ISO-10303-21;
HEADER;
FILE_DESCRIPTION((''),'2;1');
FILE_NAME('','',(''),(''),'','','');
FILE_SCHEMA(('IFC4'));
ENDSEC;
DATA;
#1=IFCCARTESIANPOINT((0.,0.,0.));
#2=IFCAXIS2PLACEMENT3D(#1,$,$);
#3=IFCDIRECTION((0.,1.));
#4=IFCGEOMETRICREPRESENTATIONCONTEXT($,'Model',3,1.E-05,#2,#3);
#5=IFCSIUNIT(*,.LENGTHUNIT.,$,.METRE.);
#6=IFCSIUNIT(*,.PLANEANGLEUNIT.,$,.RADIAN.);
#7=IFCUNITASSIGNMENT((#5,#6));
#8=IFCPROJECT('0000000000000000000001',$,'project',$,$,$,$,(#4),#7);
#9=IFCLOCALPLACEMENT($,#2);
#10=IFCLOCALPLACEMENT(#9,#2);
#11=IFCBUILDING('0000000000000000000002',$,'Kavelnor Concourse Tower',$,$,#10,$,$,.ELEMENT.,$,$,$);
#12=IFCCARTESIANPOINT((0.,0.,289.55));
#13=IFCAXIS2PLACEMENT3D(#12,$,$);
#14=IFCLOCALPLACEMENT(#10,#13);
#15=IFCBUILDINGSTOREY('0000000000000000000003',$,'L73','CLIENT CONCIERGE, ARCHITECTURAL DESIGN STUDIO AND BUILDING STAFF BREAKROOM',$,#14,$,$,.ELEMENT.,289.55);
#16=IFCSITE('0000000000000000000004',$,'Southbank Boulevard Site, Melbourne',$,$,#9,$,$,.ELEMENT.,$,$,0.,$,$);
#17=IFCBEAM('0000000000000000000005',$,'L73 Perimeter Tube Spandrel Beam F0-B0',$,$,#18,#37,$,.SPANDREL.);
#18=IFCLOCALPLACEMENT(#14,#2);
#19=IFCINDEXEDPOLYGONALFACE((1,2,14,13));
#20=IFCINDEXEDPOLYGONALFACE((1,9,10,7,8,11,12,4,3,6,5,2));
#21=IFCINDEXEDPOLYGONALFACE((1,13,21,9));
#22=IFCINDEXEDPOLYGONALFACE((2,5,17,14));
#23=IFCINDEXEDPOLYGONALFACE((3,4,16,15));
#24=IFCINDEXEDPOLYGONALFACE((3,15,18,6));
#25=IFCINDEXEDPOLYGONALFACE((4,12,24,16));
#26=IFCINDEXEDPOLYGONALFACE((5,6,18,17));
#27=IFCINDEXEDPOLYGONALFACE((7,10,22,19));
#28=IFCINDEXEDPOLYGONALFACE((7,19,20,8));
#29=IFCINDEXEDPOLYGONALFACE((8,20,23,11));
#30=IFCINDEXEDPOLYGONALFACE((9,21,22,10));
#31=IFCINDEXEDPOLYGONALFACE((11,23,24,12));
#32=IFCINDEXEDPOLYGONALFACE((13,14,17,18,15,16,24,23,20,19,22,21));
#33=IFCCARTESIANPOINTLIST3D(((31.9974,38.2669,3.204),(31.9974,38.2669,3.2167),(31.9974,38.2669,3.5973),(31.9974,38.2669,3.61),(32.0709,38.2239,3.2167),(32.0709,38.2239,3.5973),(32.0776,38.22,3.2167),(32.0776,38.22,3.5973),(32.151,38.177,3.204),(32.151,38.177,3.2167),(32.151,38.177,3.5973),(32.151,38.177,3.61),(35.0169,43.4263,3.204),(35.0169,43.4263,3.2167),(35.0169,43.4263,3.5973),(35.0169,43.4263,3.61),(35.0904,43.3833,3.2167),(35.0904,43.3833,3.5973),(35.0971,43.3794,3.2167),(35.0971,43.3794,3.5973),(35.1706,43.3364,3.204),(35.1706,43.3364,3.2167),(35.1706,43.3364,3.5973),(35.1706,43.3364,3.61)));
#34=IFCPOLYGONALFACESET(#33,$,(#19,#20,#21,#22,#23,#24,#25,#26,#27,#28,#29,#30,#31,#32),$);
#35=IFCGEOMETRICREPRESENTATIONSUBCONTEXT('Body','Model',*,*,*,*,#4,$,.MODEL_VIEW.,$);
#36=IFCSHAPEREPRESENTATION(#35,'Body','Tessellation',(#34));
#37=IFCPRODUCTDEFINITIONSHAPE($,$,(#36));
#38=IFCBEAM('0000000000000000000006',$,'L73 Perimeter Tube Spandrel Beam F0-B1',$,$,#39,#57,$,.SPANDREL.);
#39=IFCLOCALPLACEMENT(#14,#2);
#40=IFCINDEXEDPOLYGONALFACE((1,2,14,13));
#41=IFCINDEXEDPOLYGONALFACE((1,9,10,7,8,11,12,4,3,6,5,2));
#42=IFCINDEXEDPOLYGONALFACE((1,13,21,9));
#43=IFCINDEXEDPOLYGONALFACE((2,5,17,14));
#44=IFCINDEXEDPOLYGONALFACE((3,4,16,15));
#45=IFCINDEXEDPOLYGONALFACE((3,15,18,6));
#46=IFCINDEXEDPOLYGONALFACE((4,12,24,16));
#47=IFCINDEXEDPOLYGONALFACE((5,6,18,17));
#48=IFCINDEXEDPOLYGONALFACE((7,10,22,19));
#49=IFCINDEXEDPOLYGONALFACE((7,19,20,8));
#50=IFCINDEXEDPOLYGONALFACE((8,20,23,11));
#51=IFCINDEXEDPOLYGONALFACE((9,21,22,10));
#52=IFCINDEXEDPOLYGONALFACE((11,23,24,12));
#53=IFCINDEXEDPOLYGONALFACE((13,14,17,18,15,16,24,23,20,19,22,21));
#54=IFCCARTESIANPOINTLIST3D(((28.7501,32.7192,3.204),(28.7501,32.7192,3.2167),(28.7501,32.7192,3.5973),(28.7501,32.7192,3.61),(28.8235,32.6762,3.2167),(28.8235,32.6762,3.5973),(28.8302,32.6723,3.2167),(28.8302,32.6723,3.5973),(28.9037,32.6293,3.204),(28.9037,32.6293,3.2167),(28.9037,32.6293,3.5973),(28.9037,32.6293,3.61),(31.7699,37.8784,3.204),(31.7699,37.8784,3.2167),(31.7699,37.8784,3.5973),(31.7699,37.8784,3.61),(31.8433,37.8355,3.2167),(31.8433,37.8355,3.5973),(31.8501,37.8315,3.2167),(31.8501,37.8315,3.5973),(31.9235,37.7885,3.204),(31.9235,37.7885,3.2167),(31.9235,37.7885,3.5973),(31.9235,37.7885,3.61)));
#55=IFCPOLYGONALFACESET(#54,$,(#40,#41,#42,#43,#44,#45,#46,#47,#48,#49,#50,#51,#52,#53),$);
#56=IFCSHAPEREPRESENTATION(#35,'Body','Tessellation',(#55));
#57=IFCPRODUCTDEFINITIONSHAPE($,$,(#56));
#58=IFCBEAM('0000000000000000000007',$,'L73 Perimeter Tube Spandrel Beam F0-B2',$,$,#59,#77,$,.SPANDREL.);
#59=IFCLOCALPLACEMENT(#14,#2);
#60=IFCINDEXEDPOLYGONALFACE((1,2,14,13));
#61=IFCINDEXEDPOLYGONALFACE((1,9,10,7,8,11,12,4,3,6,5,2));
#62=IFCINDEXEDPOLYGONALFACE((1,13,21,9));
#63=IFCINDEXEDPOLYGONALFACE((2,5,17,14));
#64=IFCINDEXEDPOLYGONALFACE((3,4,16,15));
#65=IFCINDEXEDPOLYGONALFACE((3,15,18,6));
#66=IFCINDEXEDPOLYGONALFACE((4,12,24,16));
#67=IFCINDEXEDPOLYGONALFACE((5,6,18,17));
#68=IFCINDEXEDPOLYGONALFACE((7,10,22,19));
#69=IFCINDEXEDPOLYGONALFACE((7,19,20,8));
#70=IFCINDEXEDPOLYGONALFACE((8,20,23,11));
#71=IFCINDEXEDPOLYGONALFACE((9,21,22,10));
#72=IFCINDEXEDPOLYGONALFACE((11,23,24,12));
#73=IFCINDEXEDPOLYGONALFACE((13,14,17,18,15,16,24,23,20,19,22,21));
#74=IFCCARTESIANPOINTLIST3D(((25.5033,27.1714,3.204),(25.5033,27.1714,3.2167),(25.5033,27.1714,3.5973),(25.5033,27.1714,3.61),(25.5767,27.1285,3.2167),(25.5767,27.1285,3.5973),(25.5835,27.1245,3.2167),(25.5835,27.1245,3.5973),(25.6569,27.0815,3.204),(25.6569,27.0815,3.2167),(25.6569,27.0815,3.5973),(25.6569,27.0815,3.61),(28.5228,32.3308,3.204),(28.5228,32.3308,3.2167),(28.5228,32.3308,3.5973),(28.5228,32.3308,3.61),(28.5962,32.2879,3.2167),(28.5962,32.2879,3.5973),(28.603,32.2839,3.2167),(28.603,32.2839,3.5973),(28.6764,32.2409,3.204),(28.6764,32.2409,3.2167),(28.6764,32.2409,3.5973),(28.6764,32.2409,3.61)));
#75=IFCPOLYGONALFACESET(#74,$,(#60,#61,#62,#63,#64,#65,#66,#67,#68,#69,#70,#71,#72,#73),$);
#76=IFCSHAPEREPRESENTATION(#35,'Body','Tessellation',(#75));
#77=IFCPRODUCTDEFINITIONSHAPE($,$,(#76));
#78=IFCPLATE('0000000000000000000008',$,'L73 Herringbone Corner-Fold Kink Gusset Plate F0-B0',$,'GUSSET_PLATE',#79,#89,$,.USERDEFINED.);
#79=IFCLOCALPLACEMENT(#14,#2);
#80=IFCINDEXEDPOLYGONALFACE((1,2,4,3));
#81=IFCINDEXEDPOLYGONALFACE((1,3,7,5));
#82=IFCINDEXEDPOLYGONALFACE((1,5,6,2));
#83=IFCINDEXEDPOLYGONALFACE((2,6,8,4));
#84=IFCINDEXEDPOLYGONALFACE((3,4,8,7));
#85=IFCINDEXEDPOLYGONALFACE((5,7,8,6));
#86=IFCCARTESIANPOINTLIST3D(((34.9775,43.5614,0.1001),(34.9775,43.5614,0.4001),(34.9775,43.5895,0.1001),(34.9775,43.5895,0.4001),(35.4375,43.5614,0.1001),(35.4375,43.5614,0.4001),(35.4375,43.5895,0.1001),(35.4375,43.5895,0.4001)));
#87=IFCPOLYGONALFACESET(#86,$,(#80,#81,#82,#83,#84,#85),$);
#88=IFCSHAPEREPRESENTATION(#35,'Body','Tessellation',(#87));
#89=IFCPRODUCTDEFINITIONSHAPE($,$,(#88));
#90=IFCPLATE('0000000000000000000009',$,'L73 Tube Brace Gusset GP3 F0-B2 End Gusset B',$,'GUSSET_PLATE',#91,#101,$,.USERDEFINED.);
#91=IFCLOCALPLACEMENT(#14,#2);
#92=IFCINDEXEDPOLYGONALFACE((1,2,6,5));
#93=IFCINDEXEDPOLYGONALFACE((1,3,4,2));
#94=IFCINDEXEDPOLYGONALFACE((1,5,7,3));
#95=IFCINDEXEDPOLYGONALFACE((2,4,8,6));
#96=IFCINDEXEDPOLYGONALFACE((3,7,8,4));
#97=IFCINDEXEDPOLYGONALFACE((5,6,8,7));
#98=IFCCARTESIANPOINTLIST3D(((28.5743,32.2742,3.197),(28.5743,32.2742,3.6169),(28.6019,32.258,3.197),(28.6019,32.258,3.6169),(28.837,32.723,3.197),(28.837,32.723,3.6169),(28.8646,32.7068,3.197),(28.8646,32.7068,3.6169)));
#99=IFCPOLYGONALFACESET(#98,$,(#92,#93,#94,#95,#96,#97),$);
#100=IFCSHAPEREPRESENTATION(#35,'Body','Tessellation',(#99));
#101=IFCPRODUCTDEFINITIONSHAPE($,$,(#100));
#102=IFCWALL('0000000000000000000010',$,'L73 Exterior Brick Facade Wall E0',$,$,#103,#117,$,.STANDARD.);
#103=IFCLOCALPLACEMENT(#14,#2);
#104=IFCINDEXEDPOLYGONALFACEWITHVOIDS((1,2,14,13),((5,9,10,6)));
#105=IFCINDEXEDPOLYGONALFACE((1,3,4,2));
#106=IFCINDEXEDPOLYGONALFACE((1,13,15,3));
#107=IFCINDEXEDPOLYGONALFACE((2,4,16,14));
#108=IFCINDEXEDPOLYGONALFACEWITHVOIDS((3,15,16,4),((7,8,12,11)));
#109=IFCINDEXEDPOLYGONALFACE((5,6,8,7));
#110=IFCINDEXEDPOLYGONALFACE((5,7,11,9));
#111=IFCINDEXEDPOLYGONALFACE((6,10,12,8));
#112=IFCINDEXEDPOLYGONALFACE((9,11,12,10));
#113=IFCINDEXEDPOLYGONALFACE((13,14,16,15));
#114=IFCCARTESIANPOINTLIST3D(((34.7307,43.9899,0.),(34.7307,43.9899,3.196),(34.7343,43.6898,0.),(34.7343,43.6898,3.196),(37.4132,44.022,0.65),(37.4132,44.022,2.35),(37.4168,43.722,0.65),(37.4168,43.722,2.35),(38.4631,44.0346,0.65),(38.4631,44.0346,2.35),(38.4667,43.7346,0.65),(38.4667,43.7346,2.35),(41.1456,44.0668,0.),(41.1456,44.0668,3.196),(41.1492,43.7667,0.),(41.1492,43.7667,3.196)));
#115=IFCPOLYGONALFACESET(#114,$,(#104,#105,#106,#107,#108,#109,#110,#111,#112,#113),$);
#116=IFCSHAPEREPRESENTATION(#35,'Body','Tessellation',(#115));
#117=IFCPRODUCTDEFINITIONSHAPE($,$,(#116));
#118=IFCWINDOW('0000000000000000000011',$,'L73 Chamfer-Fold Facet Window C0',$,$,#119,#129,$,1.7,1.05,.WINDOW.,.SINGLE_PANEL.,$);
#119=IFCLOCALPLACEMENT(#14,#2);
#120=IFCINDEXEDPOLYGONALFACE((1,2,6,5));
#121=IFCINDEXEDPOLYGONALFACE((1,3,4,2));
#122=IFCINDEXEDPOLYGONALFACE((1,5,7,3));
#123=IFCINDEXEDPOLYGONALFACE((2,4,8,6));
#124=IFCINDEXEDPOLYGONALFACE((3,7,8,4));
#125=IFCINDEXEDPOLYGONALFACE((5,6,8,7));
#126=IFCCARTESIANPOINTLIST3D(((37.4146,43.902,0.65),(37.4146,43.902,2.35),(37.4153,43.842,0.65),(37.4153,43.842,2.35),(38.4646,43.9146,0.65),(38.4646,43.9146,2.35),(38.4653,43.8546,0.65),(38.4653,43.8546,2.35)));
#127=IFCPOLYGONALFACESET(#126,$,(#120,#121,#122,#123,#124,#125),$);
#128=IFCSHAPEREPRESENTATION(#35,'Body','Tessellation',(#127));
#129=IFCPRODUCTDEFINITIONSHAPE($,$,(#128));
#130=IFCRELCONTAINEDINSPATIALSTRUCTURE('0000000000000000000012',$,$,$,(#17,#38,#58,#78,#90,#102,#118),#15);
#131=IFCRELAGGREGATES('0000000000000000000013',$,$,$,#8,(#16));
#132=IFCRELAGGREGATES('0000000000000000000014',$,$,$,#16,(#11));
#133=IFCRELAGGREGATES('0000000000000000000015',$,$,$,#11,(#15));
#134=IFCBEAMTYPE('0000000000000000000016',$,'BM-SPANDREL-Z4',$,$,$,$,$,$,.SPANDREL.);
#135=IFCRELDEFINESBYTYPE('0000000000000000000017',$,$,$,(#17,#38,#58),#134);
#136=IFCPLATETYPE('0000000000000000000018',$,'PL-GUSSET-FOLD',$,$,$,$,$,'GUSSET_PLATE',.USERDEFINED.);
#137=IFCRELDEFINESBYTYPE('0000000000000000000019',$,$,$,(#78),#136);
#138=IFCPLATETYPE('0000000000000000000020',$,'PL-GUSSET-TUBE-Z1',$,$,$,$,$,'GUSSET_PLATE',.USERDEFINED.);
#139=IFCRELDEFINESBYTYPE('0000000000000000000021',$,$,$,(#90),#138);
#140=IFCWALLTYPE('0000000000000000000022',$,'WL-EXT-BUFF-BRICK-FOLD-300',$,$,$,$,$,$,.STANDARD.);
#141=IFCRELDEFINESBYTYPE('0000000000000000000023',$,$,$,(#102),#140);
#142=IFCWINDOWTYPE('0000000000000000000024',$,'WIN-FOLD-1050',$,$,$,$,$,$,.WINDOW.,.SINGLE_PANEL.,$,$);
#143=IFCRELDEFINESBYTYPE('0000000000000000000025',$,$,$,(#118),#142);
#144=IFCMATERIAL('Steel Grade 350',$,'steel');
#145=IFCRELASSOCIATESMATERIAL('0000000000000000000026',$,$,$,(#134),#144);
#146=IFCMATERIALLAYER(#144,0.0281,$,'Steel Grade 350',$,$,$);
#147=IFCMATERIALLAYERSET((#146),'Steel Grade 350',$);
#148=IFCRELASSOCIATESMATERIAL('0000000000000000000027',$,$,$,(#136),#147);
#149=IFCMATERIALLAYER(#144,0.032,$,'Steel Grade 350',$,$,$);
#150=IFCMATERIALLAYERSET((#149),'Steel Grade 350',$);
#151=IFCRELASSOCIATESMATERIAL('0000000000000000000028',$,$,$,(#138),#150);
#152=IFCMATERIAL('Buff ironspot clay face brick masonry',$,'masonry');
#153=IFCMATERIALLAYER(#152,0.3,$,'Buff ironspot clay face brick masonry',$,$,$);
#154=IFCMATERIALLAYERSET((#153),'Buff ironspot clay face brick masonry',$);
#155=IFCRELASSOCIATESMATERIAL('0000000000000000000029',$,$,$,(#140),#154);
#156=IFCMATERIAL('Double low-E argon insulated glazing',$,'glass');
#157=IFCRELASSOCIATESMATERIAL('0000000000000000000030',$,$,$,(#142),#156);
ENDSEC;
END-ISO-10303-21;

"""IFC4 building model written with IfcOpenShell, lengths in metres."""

from ifc_helpers import new_model, si_unit, direction, frame, frame_2d, origin, origin_2d, place, context, subcontext, project, spatial, rectangle, i_section, extrude, material, layer, layer_set, material_profile, profile_set, type_object, element, fill, save


model = new_model("IFC4")

# Units and contexts
model_context = context("Model", 3, precision=1e-05, world=origin(), true_north=direction((0.0, 1.0)))
body_context = subcontext(model_context, "Body", "Model", "MODEL_VIEW")
ifc_project = project(units=[si_unit("LENGTHUNIT", "METRE"), si_unit("PLANEANGLEUNIT", "RADIAN")], contexts=[model_context])

# Site, building, storey
site_placement = place(None, origin())
site = spatial("IfcSite", under=ifc_project, at=site_placement, Name="Southbank Boulevard Site, Melbourne", CompositionType="ELEMENT", RefElevation=0.0)
building_placement = place(site_placement, origin())
building = spatial("IfcBuilding", under=site, at=building_placement, Name="Kavelnor Concourse Tower", CompositionType="ELEMENT")
storey_placement = place(building_placement, frame((0.0, 0.0, 289.55)))
storey = spatial("IfcBuildingStorey", under=building, at=storey_placement, Name="L73", Description="CLIENT CONCIERGE, ARCHITECTURAL DESIGN STUDIO AND BUILDING STAFF BREAKROOM", CompositionType="ELEMENT", Elevation=289.55)

# Shared definitions
ifc_material_1 = material(Name="Steel Grade 350", Category="steel")

# Beams
ifc_material_profile_1 = material_profile(ifc_material_1, i_section(OverallWidth=0.178, OverallDepth=0.406, WebThickness=0.0078, FlangeThickness=0.0127, at=origin_2d()), Name="410UB59")
ifc_profile_set_1 = profile_set([ifc_material_profile_1], Name="Steel Grade 350")
beam_type_1 = type_object("IfcBeamType", Name="BM-SPANDREL-Z4", PredefinedType="SPANDREL", material=ifc_profile_set_1)
for number, where, z_axis, x_axis, name in (
    (1, (35.0938, 43.3813, 3.407), (-0.505102, -0.86306, 0.0), (0.86306, -0.505102, 0.0), "L73 Perimeter Tube Spandrel Beam F0-B0"),
    (2, (31.8467, 37.8335, 3.407), (-0.50515, -0.863031, 0.0), (0.863031, -0.50515, 0.0), "L73 Perimeter Tube Spandrel Beam F0-B1"),
    (3, (28.5996, 32.2859, 3.407), (-0.505102, -0.86306, 0.0), (0.86306, -0.505102, 0.0), "L73 Perimeter Tube Spandrel Beam F0-B2"),
):
    element("IfcBeam", number, at=place(storey_placement, frame(where, z_axis=z_axis, x_axis=x_axis)), inside=storey, type_object=beam_type_1, Name=name, PredefinedType="SPANDREL", context=body_context, shape_type="SweptSolid", body=[
        extrude(i_section(OverallWidth=0.178, OverallDepth=0.406, WebThickness=0.0078, FlangeThickness=0.0127, at=origin_2d()), origin(), (0.0, 0.0, 1.0), 5.978),
    ])

# Plates
ifc_layer_1 = layer(ifc_material_1, 0.0281, Name="Steel Grade 350")
ifc_layer_set_1 = layer_set([ifc_layer_1], Name="Steel Grade 350")
plate_type_1 = type_object("IfcPlateType", Name="PL-GUSSET-FOLD", ElementType="GUSSET_PLATE", PredefinedType="USERDEFINED", material=ifc_layer_set_1)
plate_1_placement = place(storey_placement, frame((35.2075, 43.5754, 0.1001), z_axis=(0.0, 0.0, 1.0), x_axis=(1.0, 0.0, 0.0)))
element("IfcPlate", 4, at=plate_1_placement, inside=storey, type_object=plate_type_1, Name="L73 Herringbone Corner-Fold Kink Gusset Plate F0-B0", ObjectType="GUSSET_PLATE", PredefinedType="USERDEFINED", context=body_context, shape_type="SweptSolid", body=[
    extrude(rectangle(XDim=0.46, YDim=0.0281, at=origin_2d()), origin(), (0.0, 0.0, 1.0), 0.3),
])
ifc_layer_2 = layer(ifc_material_1, 0.032, Name="Steel Grade 350")
ifc_layer_set_2 = layer_set([ifc_layer_2], Name="Steel Grade 350")
plate_type_2 = type_object("IfcPlateType", Name="PL-GUSSET-TUBE-Z1", ElementType="GUSSET_PLATE", PredefinedType="USERDEFINED", material=ifc_layer_set_2)
plate_2_placement = place(storey_placement, frame((28.7195, 32.4905, 3.197), z_axis=(0.0, 0.0, 1.0), x_axis=(0.50513, 0.863043, 0.0)))
element("IfcPlate", 5, at=plate_2_placement, inside=storey, type_object=plate_type_2, Name="L73 Tube Brace Gusset GP3 F0-B2 End Gusset B", ObjectType="GUSSET_PLATE", PredefinedType="USERDEFINED", context=body_context, shape_type="SweptSolid", body=[
    extrude(rectangle(XDim=0.52, YDim=0.032, at=origin_2d()), origin(), (0.0, 0.0, 1.0), 0.4199),
])

# Wall, opening, window
ifc_material_2 = material(Name="Buff ironspot clay face brick masonry", Category="masonry")
ifc_layer_3 = layer(ifc_material_2, 0.3, Name="Buff ironspot clay face brick masonry")
ifc_layer_set_3 = layer_set([ifc_layer_3], Name="Buff ironspot clay face brick masonry")
wall_type = type_object("IfcWallType", Name="WL-EXT-BUFF-BRICK-FOLD-300", PredefinedType="STANDARD", material=ifc_layer_set_3)
wall_placement = place(storey_placement, frame((34.7327, 43.8398, 0.0), z_axis=(0.0, 0.0, 1.0), x_axis=(0.999928, 0.011988, 0.0)))
wall = element("IfcWall", 6, at=wall_placement, inside=storey, type_object=wall_type, Name="L73 Exterior Brick Facade Wall E0", PredefinedType="STANDARD", context=body_context, shape_type="SweptSolid", body=[
    extrude(rectangle(XDim=6.4153, YDim=0.3, at=frame_2d((3.2075, 0.0))), origin(), (0.0, 0.0, 1.0), 3.196),
])
opening_placement = place(wall_placement, frame((2.6826, 0.0, 0.6499)))
opening = element("IfcOpeningElement", 7, at=opening_placement, cuts=wall, PredefinedType="OPENING", context=body_context, shape_type="SweptSolid", body=[
    extrude(rectangle(XDim=1.05, YDim=1.7, at=frame_2d((0.5249, 0.8501))), frame((0.0, 0.1602, 0.0), z_axis=(0.0, -1.0, 0.0), x_axis=(1.0, 0.0, 0.0)), (0.0, 0.0, 1.0), 0.3201),
])
ifc_material_3 = material(Name="Double low-E argon insulated glazing", Category="glass")
window_type = type_object("IfcWindowType", Name="WIN-FOLD-1050", PartitioningType="SINGLE_PANEL", PredefinedType="WINDOW", material=ifc_material_3)
window_placement = place(opening_placement, origin())
window = element("IfcWindow", 8, at=window_placement, inside=storey, type_object=window_type, Name="L73 Chamfer-Fold Facet Window C0", OverallHeight=1.7, OverallWidth=1.05, PartitioningType="SINGLE_PANEL", PredefinedType="WINDOW", context=body_context, shape_type="SweptSolid", body=[
    extrude(rectangle(XDim=1.05, YDim=1.7, at=frame_2d((0.5249, 0.8501))), frame((0.0, 0.03, 0.0), z_axis=(0.0, -1.0, 0.0), x_axis=(1.0, 0.0, 0.0)), (0.0, 0.0, 1.0), 0.0601),
])
fill(opening, window)

save(model, "model.ifc")
